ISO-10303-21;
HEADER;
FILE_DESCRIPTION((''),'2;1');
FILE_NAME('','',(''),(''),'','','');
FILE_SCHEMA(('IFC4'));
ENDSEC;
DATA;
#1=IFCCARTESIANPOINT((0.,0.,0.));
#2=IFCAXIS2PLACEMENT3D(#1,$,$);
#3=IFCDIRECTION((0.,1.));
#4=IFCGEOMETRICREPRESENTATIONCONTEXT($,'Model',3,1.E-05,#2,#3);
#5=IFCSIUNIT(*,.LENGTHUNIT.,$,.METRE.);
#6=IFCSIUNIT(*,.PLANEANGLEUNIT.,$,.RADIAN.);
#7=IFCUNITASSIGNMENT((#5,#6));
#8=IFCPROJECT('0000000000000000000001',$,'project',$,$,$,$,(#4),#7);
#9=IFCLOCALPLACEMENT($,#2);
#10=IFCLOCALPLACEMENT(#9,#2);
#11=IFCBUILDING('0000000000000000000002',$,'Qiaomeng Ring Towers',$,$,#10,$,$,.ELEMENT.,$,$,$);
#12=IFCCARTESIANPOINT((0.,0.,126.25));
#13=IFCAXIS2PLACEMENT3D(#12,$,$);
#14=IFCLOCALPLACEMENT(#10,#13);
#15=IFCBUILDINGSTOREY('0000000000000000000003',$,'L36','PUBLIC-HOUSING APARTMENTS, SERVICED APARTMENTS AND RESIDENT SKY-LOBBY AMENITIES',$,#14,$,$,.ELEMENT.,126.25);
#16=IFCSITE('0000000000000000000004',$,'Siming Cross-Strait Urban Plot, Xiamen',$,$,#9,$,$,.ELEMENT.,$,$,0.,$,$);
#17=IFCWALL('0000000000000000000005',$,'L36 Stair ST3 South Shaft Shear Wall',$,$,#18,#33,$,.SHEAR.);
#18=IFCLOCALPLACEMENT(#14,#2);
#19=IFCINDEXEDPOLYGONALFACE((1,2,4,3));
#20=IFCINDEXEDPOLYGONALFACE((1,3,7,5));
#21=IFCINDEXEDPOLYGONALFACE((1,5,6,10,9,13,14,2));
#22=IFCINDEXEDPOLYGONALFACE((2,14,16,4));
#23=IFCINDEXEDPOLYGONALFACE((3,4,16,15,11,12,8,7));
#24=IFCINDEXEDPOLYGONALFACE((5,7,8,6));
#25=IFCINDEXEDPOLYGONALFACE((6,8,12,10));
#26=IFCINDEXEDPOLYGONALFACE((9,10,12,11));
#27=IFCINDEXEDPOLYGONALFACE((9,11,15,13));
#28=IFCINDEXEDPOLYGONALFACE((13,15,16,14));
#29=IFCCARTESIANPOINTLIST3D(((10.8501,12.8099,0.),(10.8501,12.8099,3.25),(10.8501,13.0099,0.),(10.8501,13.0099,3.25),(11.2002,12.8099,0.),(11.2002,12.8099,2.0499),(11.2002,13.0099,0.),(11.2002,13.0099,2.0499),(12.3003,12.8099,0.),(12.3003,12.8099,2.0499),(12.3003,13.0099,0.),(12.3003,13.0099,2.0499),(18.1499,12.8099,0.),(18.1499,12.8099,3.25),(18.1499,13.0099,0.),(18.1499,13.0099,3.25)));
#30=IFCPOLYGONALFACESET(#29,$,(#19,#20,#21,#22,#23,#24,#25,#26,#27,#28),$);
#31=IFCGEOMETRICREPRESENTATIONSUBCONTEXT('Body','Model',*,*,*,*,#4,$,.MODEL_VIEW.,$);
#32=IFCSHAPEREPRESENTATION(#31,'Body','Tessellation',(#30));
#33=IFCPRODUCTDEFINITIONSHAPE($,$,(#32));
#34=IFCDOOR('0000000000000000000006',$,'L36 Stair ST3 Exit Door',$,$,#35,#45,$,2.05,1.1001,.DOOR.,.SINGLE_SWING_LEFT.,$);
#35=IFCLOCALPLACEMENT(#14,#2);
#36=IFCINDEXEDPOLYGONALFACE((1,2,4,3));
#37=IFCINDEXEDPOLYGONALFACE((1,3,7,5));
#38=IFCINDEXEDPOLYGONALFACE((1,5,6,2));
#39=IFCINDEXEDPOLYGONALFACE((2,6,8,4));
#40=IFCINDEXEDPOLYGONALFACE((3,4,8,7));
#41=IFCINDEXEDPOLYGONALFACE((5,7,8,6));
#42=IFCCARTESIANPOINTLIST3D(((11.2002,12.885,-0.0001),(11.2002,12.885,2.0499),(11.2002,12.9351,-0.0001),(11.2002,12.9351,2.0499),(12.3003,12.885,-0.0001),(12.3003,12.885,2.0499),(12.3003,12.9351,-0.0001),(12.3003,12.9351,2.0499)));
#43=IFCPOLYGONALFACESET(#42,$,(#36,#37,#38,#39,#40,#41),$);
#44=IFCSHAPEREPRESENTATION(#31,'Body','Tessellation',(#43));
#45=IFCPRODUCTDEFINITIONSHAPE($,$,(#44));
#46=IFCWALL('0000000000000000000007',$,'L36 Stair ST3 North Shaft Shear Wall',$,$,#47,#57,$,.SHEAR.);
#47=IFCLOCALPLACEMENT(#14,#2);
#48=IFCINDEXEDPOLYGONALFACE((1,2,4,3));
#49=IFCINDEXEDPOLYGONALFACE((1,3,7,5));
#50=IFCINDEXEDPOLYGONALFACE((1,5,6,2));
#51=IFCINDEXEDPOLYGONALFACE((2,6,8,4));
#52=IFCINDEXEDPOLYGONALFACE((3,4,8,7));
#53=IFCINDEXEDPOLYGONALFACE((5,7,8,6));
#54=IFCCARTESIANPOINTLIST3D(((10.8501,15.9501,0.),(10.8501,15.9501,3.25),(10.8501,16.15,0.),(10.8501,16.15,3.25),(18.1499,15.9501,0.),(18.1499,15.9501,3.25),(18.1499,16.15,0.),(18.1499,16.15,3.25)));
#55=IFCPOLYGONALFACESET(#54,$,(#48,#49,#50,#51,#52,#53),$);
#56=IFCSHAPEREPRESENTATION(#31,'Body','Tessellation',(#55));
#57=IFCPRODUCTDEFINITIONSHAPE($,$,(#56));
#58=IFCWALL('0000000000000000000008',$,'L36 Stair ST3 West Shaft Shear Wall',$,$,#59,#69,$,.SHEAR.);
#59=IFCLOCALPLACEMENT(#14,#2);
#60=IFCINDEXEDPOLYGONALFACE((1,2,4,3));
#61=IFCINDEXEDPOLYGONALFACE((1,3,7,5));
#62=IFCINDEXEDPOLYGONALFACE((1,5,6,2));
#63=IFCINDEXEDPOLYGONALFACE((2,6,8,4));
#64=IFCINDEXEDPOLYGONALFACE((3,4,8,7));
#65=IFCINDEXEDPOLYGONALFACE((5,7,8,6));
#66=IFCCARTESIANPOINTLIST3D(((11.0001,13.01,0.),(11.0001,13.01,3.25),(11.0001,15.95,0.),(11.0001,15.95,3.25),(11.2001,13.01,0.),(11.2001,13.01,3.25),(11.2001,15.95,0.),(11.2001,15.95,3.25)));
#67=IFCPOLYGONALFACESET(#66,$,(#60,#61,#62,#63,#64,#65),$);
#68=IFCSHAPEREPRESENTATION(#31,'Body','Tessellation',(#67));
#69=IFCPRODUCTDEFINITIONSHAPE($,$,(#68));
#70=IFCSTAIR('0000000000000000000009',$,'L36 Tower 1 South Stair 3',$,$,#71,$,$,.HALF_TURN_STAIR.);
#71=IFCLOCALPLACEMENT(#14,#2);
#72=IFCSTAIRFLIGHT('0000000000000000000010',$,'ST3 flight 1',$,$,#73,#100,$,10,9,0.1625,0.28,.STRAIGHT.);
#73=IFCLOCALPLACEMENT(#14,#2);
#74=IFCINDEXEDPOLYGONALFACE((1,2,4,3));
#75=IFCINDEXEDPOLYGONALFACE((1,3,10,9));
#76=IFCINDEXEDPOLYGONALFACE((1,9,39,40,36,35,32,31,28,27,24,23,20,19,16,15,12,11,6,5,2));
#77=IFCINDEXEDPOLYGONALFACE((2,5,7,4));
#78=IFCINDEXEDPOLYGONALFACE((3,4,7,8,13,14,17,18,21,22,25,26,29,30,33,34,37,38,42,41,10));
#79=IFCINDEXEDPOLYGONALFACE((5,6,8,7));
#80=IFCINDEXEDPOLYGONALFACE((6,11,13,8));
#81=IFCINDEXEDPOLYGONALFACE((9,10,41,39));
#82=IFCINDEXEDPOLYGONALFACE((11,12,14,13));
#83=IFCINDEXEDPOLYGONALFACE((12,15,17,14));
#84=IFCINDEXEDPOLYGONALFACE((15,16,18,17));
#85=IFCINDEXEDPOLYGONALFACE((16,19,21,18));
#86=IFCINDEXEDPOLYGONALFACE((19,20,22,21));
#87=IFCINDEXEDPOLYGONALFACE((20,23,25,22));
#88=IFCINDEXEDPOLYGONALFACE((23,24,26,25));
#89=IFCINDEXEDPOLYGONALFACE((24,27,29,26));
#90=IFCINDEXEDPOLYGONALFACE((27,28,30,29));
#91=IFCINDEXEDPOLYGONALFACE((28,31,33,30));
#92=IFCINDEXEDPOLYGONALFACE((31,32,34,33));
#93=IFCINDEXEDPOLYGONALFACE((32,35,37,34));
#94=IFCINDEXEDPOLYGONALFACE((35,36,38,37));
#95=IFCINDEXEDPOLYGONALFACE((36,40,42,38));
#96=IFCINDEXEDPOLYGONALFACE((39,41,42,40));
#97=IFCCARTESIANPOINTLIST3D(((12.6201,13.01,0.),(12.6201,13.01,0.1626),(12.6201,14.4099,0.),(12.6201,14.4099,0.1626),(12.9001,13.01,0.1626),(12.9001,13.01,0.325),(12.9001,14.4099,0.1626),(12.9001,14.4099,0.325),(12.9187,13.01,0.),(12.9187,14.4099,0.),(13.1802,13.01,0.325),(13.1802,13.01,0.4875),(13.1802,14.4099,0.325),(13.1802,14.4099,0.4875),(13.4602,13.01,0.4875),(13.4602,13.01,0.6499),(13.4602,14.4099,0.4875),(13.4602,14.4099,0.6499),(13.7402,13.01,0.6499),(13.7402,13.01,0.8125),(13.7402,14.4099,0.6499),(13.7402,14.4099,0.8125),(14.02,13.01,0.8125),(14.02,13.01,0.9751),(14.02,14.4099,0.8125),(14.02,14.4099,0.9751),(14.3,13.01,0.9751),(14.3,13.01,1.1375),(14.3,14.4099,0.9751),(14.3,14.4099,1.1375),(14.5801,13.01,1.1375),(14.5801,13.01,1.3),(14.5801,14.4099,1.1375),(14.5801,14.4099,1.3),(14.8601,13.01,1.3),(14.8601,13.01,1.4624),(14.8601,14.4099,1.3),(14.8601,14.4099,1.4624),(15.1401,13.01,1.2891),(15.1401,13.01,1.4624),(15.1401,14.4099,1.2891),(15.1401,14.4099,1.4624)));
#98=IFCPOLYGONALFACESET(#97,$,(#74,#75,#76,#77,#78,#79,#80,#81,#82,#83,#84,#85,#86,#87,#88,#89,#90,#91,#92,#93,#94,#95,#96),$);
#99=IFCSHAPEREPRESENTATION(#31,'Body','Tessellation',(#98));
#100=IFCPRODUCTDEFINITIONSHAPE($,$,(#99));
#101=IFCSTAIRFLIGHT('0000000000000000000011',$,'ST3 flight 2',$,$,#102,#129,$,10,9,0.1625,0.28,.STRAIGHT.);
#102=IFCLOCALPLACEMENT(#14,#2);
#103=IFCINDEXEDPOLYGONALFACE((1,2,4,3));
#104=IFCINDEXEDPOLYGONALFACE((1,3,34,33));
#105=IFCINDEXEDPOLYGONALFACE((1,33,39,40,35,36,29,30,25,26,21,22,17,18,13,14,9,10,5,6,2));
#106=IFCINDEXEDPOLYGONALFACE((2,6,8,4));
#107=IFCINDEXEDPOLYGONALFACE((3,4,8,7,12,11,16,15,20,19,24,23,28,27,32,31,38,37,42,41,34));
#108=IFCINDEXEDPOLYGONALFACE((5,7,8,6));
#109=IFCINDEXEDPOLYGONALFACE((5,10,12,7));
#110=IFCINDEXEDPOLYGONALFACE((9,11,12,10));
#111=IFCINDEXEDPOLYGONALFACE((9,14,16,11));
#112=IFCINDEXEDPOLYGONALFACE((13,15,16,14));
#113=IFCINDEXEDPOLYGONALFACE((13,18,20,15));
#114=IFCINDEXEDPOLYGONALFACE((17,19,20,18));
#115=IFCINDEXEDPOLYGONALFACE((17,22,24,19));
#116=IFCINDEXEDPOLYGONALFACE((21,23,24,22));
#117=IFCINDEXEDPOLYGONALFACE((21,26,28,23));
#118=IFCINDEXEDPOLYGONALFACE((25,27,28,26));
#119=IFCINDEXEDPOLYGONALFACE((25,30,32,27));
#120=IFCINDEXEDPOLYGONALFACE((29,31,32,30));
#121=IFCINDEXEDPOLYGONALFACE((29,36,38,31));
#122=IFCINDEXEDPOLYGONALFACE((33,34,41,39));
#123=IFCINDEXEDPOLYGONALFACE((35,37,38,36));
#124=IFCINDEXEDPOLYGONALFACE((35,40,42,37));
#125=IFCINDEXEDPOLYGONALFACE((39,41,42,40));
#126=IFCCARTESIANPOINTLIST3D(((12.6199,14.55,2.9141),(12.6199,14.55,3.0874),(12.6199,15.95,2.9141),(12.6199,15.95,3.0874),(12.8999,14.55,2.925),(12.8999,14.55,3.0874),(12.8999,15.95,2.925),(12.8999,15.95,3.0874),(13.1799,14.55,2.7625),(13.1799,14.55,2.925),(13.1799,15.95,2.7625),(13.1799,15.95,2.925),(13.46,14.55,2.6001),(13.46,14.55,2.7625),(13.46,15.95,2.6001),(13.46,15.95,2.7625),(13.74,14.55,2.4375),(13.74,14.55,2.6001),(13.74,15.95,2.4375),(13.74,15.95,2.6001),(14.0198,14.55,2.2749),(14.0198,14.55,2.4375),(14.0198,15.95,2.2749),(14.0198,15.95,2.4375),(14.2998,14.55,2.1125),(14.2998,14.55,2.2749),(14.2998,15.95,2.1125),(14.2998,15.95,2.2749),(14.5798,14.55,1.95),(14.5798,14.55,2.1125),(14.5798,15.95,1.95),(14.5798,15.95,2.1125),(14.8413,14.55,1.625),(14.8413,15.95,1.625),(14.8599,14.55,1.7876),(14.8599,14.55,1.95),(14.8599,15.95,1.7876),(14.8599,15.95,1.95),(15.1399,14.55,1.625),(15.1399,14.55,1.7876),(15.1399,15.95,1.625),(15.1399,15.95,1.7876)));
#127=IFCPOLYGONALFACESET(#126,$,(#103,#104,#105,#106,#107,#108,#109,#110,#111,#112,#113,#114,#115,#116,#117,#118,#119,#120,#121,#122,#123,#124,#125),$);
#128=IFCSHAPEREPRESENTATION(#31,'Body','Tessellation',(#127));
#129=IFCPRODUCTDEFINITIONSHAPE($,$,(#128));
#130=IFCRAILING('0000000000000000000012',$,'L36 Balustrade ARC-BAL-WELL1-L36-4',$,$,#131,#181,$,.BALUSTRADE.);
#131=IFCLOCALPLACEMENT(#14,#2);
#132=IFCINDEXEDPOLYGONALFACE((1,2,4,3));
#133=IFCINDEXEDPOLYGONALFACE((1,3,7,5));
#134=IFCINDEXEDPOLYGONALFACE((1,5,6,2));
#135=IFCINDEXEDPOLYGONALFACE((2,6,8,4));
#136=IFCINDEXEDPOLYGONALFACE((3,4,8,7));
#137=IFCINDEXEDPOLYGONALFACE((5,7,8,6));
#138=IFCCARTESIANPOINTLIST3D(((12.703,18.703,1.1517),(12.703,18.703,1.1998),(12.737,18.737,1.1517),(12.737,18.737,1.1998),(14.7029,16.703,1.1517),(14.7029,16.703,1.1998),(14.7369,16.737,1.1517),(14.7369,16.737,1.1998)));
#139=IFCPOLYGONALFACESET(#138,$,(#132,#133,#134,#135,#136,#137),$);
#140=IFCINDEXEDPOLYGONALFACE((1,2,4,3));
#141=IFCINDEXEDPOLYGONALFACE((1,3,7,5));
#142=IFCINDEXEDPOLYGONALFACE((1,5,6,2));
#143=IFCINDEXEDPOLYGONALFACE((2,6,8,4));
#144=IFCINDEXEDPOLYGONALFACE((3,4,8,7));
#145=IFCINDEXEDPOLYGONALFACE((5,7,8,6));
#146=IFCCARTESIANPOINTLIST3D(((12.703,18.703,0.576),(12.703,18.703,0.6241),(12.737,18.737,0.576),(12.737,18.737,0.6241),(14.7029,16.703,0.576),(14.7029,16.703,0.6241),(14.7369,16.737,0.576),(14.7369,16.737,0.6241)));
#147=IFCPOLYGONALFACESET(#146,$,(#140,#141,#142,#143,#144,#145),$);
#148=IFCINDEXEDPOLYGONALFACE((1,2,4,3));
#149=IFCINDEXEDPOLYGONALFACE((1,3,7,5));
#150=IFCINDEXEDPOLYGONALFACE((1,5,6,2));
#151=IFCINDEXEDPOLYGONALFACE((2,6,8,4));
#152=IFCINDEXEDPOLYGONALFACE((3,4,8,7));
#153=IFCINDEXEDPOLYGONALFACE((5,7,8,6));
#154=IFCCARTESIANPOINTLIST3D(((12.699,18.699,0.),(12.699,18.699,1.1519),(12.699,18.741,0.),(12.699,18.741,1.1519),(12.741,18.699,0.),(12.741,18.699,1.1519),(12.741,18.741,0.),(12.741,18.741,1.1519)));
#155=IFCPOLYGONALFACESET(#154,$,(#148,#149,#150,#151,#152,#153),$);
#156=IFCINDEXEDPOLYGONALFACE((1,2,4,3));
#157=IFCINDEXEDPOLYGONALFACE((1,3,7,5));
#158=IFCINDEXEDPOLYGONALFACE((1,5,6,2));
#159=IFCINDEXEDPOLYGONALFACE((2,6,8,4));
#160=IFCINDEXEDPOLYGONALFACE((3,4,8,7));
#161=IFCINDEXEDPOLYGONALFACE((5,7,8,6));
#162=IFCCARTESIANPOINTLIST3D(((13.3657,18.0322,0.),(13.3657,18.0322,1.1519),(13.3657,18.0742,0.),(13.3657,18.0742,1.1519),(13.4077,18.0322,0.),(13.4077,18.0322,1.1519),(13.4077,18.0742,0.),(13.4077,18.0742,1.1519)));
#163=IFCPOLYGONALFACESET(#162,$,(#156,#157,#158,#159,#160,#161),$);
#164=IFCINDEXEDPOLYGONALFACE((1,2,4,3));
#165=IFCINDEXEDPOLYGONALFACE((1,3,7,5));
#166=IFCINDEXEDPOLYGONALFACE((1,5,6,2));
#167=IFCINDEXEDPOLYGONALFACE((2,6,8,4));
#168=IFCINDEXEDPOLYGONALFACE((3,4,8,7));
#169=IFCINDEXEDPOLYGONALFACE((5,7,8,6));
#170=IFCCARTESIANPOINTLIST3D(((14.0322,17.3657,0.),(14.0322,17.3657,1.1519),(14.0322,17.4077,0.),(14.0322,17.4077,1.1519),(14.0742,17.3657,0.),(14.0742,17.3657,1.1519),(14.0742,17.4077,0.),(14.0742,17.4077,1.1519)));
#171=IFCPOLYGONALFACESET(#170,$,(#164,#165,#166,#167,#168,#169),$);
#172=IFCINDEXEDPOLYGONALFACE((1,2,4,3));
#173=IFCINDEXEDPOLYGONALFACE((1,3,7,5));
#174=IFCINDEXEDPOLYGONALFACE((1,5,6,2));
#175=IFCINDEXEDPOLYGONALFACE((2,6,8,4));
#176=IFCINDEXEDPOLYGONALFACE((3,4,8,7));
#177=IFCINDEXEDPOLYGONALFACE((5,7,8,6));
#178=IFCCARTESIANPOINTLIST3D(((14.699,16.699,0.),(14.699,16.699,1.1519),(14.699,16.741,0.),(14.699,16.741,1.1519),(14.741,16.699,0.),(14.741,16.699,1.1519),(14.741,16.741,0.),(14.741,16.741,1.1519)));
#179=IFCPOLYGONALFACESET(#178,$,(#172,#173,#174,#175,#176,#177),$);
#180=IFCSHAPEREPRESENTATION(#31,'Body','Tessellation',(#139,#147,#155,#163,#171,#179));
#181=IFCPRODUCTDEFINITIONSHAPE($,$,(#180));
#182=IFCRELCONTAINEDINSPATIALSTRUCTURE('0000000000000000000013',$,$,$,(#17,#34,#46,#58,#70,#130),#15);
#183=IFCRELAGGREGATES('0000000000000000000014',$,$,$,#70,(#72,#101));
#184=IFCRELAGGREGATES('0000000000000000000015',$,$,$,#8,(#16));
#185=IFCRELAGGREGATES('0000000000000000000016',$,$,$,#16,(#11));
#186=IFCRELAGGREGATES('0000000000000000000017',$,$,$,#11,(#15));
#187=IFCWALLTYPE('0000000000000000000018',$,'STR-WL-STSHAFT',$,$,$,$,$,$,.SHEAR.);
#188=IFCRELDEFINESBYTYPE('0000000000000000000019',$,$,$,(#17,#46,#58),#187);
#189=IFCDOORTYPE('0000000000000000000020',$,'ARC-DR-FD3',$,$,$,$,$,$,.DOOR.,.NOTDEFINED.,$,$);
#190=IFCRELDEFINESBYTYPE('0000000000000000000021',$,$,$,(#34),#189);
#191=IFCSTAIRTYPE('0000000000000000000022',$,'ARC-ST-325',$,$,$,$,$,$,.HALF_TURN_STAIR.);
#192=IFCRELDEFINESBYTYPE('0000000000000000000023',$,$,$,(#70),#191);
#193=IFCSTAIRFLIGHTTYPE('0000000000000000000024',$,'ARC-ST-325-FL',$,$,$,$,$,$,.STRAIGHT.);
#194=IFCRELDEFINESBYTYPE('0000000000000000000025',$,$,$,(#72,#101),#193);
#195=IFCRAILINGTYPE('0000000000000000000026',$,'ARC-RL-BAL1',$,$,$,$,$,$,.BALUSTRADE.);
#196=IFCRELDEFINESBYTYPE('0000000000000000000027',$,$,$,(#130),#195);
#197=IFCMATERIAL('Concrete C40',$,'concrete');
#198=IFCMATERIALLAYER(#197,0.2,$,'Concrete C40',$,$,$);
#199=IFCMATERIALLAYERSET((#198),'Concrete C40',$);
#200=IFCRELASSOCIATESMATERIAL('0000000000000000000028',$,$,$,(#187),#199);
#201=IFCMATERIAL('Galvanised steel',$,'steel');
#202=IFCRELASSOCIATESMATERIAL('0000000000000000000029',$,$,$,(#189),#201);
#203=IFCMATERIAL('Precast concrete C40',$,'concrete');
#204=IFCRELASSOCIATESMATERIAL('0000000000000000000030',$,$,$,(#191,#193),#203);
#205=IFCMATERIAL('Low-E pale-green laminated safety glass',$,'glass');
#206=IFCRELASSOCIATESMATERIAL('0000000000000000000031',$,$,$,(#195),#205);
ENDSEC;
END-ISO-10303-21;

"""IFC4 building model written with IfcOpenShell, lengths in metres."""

from ifc_helpers import new_model, si_unit, direction, frame, frame_2d, origin, origin_2d, place, context, subcontext, project, spatial, polyline, rectangle, outline, extrude, source, transform, mapped, material, layer, layer_set, type_object, element, fill, aggregate, save


model = new_model("IFC4")

# Units and contexts
model_context = context("Model", 3, precision=1e-05, world=origin(), true_north=direction((0.0, 1.0)))
body_context = subcontext(model_context, "Body", "Model", "MODEL_VIEW")
ifc_project = project(units=[si_unit("LENGTHUNIT", "METRE"), si_unit("PLANEANGLEUNIT", "RADIAN")], contexts=[model_context])

# Site, building, storey
site_placement = place(None, origin())
site = spatial("IfcSite", under=ifc_project, at=site_placement, Name="Siming Cross-Strait Urban Plot, Xiamen", CompositionType="ELEMENT", RefElevation=0.0)
building_placement = place(site_placement, origin())
building = spatial("IfcBuilding", under=site, at=building_placement, Name="Qiaomeng Ring Towers", CompositionType="ELEMENT")
storey_placement = place(building_placement, frame((0.0, 0.0, 126.25)))
storey = spatial("IfcBuildingStorey", under=building, at=storey_placement, Name="L36", Description="PUBLIC-HOUSING APARTMENTS, SERVICED APARTMENTS AND RESIDENT SKY-LOBBY AMENITIES", CompositionType="ELEMENT", Elevation=126.25)

# Shared definitions
ifc_material_1 = material(Name="Concrete C40", Category="concrete")
ifc_layer_1 = layer(ifc_material_1, 0.2, Name="Concrete C40")
ifc_layer_set_1 = layer_set([ifc_layer_1], Name="Concrete C40")
wall_type_1 = type_object("IfcWallType", Name="STR-WL-STSHAFT", PredefinedType="SHEAR", material=ifc_layer_set_1)

# Wall, opening, door
wall_1_placement = place(storey_placement, frame((10.8501, 12.9099, 0.0), z_axis=(0.0, 0.0, 1.0), x_axis=(1.0, 0.0, 0.0)))
wall_1 = element("IfcWall", 1, at=wall_1_placement, inside=storey, type_object=wall_type_1, Name="L36 Stair ST3 South Shaft Shear Wall", PredefinedType="SHEAR", context=body_context, shape_type="SweptSolid", body=[
    extrude(rectangle(XDim=7.2998, YDim=0.2, at=frame_2d((3.6499, 0.0))), origin(), (0.0, 0.0, 1.0), 3.25),
])
opening_1_placement = place(wall_1_placement, frame((0.3501, 0.0, 0.0)))
opening_1 = element("IfcOpeningElement", 2, at=opening_1_placement, cuts=wall_1, PredefinedType="OPENING", context=body_context, shape_type="SweptSolid", body=[
    extrude(rectangle(XDim=1.1001, YDim=2.05, at=frame_2d((0.55, 1.0249))), frame((0.0, 0.1099, 0.0), z_axis=(0.0, -1.0, 0.0), x_axis=(1.0, 0.0, 0.0)), (0.0, 0.0, 1.0), 0.22),
])
ifc_material_2 = material(Name="Galvanised steel", Category="steel")
door_type_1 = type_object("IfcDoorType", Name="ARC-DR-FD3", OperationType="NOTDEFINED", PredefinedType="DOOR", material=ifc_material_2)
shared_shape_1 = source(origin(), body_context, "Body", "SweptSolid", [
    extrude(rectangle(XDim=1.1001, YDim=2.05, at=frame_2d((0.55, 1.0249))), frame((0.0, 0.0249, 0.0), z_axis=(0.0, -1.0, 0.0), x_axis=(1.0, 0.0, 0.0)), (0.0, 0.0, 1.0), 0.05),
])
door_1_placement = place(opening_1_placement, frame((1.1001, 0.0, 0.0), z_axis=(0.0, 0.0, 1.0), x_axis=(-1.0, 0.0, 0.0)))
door_1 = element("IfcDoor", 3, at=door_1_placement, inside=storey, type_object=door_type_1, Name="L36 Stair ST3 Exit Door", OperationType="SINGLE_SWING_LEFT", OverallHeight=2.05, OverallWidth=1.1001, PredefinedType="DOOR", context=body_context, shape_type="MappedRepresentation", body=[
    mapped(shared_shape_1, transform((0.0, 0.0, 0.0), x_axis=(1.0, 0.0, 0.0), y_axis=(0.0, 1.0, 0.0), z_axis=(0.0, 0.0, 1.0), scale=1.0)),
])
fill(opening_1, door_1)

# Walls
wall_2_placement = place(storey_placement, frame((10.8501, 16.05, 0.0), z_axis=(0.0, 0.0, 1.0), x_axis=(1.0, 0.0, 0.0)))
element("IfcWall", 4, at=wall_2_placement, inside=storey, type_object=wall_type_1, Name="L36 Stair ST3 North Shaft Shear Wall", PredefinedType="SHEAR", context=body_context, shape_type="SweptSolid", body=[
    extrude(rectangle(XDim=7.2998, YDim=0.2, at=frame_2d((3.6499, 0.0))), origin(), (0.0, 0.0, 1.0), 3.25),
])
wall_3_placement = place(storey_placement, frame((11.1001, 13.01, 0.0), z_axis=(0.0, 0.0, 1.0), x_axis=(0.0, 1.0, 0.0)))
element("IfcWall", 5, at=wall_3_placement, inside=storey, type_object=wall_type_1, Name="L36 Stair ST3 West Shaft Shear Wall", PredefinedType="SHEAR", context=body_context, shape_type="SweptSolid", body=[
    extrude(rectangle(XDim=2.9399, YDim=0.2, at=frame_2d((1.47, 0.0))), origin(), (0.0, 0.0, 1.0), 3.25),
])

# Stair, stair flights
ifc_material_3 = material(Name="Precast concrete C40", Category="concrete")
stair_type = type_object("IfcStairType", Name="ARC-ST-325", PredefinedType="HALF_TURN_STAIR", material=ifc_material_3)
stair_placement = place(storey_placement, origin())
stair = element("IfcStair", 6, at=stair_placement, inside=storey, type_object=stair_type, Name="L36 Tower 1 South Stair 3", PredefinedType="HALF_TURN_STAIR")
stair_flight_type = type_object("IfcStairFlightType", Name="ARC-ST-325-FL", PredefinedType="STRAIGHT", material=ifc_material_3)
shared_shape_2 = source(origin(), body_context, "Body", "SweptSolid", [
    extrude(outline(polyline([(0.0, 0.0), (0.0, 0.1626), (0.28, 0.1626), (0.28, 0.325), (0.5601, 0.325), (0.5601, 0.4875), (0.8401, 0.4875), (0.8401, 0.6499), (1.1201, 0.6499), (1.1201, 0.8125), (1.3999, 0.8125), (1.3999, 0.9751), (1.6799, 0.9751), (1.6799, 1.1375), (1.96, 1.1375), (1.96, 1.3), (2.24, 1.3), (2.24, 1.4624), (2.52, 1.4624), (2.52, 1.625), (2.52, 1.2891), (0.2986, 0.0), (0.0, 0.0)])), frame((0.0, 0.7, 0.0), z_axis=(0.0, -1.0, 0.0), x_axis=(1.0, 0.0, 0.0)), (0.0, 0.0, 1.0), 1.3999),
])
stair_flight_1_placement = place(storey_placement, frame((12.6201, 13.71, 0.0), z_axis=(0.0, 0.0, 1.0), x_axis=(1.0, 0.0, 0.0)))
stair_flight_1 = element("IfcStairFlight", 7, at=stair_flight_1_placement, type_object=stair_flight_type, Name="ST3 flight 1", NumberOfRisers=10, NumberOfTreads=9, PredefinedType="STRAIGHT", RiserHeight=0.1625, TreadLength=0.28, context=body_context, shape_type="MappedRepresentation", body=[
    mapped(shared_shape_2, transform((0.0, 0.0, 0.0), x_axis=(1.0, 0.0, 0.0), y_axis=(0.0, 1.0, 0.0), z_axis=(0.0, 0.0, 1.0), scale=1.0)),
])
stair_flight_2_placement = place(storey_placement, frame((15.1399, 15.25, 1.625), z_axis=(0.0, 0.0, 1.0), x_axis=(-1.0, 0.0, 0.0)))
stair_flight_2 = element("IfcStairFlight", 8, at=stair_flight_2_placement, type_object=stair_flight_type, Name="ST3 flight 2", NumberOfRisers=10, NumberOfTreads=9, PredefinedType="STRAIGHT", RiserHeight=0.1625, TreadLength=0.28, context=body_context, shape_type="MappedRepresentation", body=[
    mapped(shared_shape_2, transform((0.0, 0.0, 0.0), x_axis=(1.0, 0.0, 0.0), y_axis=(0.0, 1.0, 0.0), z_axis=(0.0, 0.0, 1.0), scale=1.0)),
])
aggregate(stair, [stair_flight_1, stair_flight_2])

# Railing
ifc_material_4 = material(Name="Low-E pale-green laminated safety glass", Category="glass")
railing_type_1 = type_object("IfcRailingType", Name="ARC-RL-BAL1", PredefinedType="BALUSTRADE", material=ifc_material_4)
railing_1_placement = place(storey_placement, frame((12.72, 18.72, 0.0)))
element("IfcRailing", 9, at=railing_1_placement, inside=storey, type_object=railing_type_1, Name="L36 Balustrade ARC-BAL-WELL1-L36-4", PredefinedType="BALUSTRADE", context=body_context, shape_type="SweptSolid", body=[
    extrude(rectangle(XDim=0.0481, YDim=0.0481, at=origin_2d()), frame((0.0, 0.0, 1.1758), z_axis=(0.707107, -0.707107, 0.0), x_axis=(0.707107, 0.707107, 0.0)), (0.0, 0.0, 1.0), 2.8284),
    extrude(rectangle(XDim=0.0481, YDim=0.0481, at=origin_2d()), frame((0.0, 0.0, 0.6001), z_axis=(0.707107, -0.707107, 0.0), x_axis=(0.707107, 0.707107, 0.0)), (0.0, 0.0, 1.0), 2.8284),
    extrude(rectangle(XDim=0.042, YDim=0.042, at=origin_2d()), origin(), (0.0, 0.0, 1.0), 1.1519),
    extrude(rectangle(XDim=0.042, YDim=0.042, at=origin_2d()), frame((0.6667, -0.6667, 0.0)), (0.0, 0.0, 1.0), 1.1519),
    extrude(rectangle(XDim=0.042, YDim=0.042, at=origin_2d()), frame((1.3333, -1.3333, 0.0)), (0.0, 0.0, 1.0), 1.1519),
    extrude(rectangle(XDim=0.042, YDim=0.042, at=origin_2d()), frame((2.0, -2.0, 0.0)), (0.0, 0.0, 1.0), 1.1519),
])

save(model, "model.ifc")
